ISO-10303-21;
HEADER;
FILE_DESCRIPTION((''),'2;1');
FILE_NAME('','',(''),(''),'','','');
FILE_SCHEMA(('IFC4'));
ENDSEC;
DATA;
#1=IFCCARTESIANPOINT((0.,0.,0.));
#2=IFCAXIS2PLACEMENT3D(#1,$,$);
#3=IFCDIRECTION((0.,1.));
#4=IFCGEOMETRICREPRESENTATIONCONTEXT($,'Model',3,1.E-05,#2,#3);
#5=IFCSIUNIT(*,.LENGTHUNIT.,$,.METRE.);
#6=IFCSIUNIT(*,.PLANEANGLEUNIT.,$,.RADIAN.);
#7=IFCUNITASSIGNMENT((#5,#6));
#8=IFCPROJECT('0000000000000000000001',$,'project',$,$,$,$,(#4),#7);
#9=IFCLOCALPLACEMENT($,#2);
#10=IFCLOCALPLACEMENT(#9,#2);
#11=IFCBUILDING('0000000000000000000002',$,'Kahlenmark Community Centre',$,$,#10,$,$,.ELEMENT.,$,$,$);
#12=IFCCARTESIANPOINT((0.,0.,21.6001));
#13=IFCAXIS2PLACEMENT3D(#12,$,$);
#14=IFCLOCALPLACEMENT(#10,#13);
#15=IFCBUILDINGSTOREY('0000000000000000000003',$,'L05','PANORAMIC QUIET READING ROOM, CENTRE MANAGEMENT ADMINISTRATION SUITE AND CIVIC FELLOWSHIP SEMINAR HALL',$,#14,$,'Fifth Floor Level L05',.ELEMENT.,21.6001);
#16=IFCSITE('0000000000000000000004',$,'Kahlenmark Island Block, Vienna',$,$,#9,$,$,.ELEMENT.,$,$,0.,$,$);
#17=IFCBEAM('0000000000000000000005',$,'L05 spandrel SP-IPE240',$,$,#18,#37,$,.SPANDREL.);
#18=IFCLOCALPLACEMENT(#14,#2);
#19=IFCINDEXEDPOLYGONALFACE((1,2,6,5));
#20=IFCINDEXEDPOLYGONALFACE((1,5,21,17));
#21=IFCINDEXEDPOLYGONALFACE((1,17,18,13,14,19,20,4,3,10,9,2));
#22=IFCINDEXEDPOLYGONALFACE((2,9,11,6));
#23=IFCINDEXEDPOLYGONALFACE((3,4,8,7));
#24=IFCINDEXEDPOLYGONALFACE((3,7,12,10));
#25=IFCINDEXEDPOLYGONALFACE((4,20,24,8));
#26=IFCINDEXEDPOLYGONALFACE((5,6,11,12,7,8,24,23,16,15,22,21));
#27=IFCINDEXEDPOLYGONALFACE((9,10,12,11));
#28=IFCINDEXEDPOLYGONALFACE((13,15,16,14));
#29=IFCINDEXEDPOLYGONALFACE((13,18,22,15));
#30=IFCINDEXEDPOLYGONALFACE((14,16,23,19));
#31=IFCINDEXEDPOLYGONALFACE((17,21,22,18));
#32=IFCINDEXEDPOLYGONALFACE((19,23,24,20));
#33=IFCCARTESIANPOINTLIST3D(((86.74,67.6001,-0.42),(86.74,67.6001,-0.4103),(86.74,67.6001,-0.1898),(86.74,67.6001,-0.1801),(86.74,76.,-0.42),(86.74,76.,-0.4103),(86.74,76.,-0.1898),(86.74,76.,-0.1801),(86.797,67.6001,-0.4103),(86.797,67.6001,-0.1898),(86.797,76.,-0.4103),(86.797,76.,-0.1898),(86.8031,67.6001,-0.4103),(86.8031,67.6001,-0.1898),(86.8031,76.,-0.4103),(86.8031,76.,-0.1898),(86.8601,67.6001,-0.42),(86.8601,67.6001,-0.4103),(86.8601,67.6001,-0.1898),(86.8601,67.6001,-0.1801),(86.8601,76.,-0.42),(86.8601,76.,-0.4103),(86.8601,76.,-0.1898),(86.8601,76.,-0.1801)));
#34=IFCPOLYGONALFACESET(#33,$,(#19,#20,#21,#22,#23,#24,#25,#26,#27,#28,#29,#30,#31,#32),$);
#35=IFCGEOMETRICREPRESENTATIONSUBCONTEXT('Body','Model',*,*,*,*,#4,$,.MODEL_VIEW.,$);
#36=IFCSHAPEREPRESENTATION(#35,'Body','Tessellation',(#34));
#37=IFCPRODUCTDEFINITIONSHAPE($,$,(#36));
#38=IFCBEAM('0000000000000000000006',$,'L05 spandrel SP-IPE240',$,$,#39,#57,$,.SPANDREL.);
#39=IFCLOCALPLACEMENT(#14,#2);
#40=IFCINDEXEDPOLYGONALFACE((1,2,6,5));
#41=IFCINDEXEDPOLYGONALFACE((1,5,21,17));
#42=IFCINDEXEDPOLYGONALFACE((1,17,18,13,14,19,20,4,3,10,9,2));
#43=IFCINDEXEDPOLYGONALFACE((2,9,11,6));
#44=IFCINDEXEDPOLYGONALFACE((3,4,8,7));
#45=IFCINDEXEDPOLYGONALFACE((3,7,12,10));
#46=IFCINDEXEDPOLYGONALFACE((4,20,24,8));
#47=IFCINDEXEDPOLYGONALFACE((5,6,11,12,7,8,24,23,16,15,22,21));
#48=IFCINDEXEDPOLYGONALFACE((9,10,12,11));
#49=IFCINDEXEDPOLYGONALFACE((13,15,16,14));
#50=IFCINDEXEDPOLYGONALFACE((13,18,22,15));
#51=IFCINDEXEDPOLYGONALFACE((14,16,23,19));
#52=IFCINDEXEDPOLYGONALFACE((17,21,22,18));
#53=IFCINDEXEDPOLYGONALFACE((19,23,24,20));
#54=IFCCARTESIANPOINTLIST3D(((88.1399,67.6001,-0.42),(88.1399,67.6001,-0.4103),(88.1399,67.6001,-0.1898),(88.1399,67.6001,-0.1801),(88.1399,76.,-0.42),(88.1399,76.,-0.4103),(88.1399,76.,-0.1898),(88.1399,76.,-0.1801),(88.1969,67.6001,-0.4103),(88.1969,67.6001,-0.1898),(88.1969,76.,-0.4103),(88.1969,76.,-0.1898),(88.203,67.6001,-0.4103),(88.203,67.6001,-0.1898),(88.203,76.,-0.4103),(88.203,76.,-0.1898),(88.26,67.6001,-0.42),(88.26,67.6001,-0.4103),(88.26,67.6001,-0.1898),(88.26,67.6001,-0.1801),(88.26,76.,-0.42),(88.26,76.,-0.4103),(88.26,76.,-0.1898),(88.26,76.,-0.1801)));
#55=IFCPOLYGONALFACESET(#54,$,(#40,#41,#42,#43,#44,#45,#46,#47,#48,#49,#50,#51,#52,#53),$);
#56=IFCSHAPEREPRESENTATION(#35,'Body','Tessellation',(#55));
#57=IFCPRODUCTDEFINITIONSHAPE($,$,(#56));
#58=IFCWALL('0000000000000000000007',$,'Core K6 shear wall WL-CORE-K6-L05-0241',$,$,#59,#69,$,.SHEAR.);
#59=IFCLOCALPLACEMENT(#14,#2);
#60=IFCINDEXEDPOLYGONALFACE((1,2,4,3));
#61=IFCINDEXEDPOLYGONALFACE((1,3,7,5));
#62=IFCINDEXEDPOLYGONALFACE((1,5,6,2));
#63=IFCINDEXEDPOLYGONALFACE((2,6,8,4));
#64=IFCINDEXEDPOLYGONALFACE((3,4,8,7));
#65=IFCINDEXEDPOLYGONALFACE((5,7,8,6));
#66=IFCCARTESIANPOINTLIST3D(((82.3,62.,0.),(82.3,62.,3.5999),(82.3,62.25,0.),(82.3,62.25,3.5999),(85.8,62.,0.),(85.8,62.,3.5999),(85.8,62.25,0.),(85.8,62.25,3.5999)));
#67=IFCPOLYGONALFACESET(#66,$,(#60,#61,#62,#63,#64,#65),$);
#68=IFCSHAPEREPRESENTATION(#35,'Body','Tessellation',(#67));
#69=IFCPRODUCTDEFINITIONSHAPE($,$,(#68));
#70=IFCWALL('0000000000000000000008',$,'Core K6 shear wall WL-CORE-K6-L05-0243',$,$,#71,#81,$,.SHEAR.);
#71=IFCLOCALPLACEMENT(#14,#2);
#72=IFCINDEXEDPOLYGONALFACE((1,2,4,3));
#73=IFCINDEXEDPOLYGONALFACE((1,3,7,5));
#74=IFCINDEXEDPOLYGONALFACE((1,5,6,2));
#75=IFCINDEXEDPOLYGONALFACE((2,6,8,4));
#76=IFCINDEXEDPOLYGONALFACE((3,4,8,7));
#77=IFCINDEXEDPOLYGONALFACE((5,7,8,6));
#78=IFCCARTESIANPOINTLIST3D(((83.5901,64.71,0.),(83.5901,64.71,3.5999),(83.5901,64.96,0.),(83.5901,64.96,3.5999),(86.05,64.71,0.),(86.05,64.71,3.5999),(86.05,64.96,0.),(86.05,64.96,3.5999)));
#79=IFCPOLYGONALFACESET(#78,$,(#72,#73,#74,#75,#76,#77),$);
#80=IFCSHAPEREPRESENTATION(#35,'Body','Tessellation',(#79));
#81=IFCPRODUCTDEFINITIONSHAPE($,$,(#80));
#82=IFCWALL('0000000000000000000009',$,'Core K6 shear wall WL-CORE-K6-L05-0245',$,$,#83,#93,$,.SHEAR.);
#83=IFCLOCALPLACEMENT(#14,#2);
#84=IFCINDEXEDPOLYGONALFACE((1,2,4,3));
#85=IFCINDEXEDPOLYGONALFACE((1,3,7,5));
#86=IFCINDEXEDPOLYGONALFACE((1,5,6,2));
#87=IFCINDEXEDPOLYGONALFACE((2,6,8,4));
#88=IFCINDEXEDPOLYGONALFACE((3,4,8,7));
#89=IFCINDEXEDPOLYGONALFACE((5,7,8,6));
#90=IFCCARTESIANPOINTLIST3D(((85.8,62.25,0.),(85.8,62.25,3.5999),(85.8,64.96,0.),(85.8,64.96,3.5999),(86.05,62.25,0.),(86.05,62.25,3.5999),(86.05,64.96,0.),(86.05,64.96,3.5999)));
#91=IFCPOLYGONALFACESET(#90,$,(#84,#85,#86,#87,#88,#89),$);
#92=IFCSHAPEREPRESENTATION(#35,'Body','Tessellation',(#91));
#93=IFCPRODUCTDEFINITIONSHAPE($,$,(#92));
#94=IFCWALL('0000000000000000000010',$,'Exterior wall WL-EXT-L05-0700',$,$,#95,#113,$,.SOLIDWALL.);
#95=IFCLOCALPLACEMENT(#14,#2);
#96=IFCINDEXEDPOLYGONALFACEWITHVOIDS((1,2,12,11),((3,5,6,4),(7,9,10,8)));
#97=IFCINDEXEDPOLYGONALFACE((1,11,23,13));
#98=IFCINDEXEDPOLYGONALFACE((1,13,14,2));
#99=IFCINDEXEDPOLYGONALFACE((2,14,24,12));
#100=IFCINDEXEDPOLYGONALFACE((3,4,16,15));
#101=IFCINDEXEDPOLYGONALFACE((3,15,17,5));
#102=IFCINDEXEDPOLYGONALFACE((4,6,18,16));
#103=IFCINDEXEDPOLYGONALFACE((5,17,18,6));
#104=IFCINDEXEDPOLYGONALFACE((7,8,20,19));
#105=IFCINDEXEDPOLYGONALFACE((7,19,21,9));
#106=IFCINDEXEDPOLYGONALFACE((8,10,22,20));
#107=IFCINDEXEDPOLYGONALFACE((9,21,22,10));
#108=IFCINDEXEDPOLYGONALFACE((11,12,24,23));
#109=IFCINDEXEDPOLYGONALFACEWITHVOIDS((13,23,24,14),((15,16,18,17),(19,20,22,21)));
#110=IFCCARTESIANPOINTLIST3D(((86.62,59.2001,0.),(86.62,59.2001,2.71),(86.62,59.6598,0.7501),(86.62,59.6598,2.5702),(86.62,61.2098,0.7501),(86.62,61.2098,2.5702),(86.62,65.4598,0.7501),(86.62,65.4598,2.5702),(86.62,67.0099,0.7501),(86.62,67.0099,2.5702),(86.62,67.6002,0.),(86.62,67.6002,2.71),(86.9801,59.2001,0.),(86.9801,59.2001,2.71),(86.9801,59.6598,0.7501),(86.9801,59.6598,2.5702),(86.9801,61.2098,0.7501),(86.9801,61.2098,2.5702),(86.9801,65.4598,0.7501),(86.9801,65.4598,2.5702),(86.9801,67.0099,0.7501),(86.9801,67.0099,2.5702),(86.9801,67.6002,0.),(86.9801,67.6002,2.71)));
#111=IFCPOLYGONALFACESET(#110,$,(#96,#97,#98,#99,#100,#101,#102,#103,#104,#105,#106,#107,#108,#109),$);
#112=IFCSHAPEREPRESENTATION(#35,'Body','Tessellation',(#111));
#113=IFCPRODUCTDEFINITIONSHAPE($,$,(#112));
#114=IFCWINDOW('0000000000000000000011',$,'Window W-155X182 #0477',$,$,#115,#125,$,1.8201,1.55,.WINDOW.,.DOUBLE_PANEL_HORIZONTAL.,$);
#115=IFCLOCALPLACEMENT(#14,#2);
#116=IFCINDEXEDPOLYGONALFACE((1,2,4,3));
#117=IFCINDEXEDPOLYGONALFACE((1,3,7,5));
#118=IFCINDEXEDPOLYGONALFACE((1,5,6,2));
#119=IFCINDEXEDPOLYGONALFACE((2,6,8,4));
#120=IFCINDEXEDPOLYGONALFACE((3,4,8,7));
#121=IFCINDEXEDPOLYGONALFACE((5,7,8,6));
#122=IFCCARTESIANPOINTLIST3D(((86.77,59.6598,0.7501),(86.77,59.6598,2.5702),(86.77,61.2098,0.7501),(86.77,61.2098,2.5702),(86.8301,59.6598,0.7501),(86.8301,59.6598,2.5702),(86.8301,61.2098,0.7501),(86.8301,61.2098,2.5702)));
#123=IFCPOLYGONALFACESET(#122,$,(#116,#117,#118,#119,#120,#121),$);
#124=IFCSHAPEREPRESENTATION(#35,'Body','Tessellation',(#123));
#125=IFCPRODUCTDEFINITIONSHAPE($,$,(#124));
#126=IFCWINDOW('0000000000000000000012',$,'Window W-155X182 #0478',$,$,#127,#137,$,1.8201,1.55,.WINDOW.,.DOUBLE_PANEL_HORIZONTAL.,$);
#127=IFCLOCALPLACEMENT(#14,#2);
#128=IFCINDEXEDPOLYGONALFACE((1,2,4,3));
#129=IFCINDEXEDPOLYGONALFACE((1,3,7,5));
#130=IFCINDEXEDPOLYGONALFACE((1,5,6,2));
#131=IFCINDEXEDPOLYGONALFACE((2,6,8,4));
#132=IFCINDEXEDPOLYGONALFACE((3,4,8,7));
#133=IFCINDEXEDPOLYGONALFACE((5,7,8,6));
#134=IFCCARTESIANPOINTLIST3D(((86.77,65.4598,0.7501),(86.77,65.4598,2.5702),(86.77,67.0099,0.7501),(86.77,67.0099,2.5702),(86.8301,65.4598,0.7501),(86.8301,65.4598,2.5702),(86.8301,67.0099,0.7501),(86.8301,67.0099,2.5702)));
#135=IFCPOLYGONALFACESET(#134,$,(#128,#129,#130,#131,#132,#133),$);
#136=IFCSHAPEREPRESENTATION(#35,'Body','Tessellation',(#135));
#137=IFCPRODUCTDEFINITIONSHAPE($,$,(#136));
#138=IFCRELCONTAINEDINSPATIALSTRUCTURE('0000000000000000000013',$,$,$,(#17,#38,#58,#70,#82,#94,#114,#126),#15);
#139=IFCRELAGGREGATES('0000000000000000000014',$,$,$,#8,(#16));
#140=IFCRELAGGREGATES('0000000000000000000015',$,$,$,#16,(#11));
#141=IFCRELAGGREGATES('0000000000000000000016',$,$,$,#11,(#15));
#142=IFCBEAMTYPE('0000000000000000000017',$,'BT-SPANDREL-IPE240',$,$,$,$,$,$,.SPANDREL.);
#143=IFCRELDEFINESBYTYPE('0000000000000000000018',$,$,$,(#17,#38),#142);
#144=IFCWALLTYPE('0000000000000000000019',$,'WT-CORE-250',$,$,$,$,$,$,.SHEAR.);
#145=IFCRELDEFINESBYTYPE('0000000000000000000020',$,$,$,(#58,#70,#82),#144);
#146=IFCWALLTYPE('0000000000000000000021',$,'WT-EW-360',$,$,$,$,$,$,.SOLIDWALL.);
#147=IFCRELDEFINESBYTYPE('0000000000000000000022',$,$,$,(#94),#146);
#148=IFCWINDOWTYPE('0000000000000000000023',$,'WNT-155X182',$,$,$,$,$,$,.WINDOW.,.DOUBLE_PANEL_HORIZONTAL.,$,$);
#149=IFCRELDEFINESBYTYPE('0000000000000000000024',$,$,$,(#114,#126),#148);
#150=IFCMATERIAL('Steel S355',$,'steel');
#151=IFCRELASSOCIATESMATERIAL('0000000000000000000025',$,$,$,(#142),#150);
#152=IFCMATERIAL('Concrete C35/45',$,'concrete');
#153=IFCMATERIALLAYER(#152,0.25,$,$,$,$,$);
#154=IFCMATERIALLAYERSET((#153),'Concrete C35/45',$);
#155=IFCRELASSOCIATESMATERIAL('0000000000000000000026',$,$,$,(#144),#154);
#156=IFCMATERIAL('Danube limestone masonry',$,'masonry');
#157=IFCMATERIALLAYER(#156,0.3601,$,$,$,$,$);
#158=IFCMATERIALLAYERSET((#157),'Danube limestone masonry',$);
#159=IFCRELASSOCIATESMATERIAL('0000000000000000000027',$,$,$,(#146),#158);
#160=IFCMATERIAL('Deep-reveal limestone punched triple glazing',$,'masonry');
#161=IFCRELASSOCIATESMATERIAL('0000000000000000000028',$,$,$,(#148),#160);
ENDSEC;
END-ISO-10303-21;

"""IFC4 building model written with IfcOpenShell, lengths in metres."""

from ifc_helpers import new_model, si_unit, direction, frame, frame_2d, origin, origin_2d, place, context, subcontext, project, spatial, rectangle, i_section, extrude, material, layer, layer_set, material_profile, profile_set, type_object, element, fill, save


model = new_model("IFC4")

# Units and contexts
model_context = context("Model", 3, precision=1e-05, world=origin(), true_north=direction((0.0, 1.0)))
body_context = subcontext(model_context, "Body", "Model", "MODEL_VIEW")
ifc_project = project(units=[si_unit("LENGTHUNIT", "METRE"), si_unit("PLANEANGLEUNIT", "RADIAN")], contexts=[model_context])

# Site, building, storey
site_placement = place(None, origin())
site = spatial("IfcSite", under=ifc_project, at=site_placement, Name="Kahlenmark Island Block, Vienna", CompositionType="ELEMENT", RefElevation=0.0)
building_placement = place(site_placement, origin())
building = spatial("IfcBuilding", under=site, at=building_placement, Name="Kahlenmark Community Centre", CompositionType="ELEMENT")
storey_placement = place(building_placement, frame((0.0, 0.0, 21.6001)))
storey = spatial("IfcBuildingStorey", under=building, at=storey_placement, Name="L05", Description="PANORAMIC QUIET READING ROOM, CENTRE MANAGEMENT ADMINISTRATION SUITE AND CIVIC FELLOWSHIP SEMINAR HALL", LongName="Fifth Floor Level L05", CompositionType="ELEMENT", Elevation=21.6001)

# Shared definitions
ifc_material_1 = material(Name="Steel S355", Category="steel")

# Beams
ifc_material_profile_1 = material_profile(ifc_material_1, i_section(OverallWidth=0.1201, OverallDepth=0.24, WebThickness=0.0061, FlangeThickness=0.0098, at=origin_2d()), Name="IPE 240")
ifc_profile_set_1 = profile_set([ifc_material_profile_1], Name="Steel S355")
beam_type_1 = type_object("IfcBeamType", Name="BT-SPANDREL-IPE240", PredefinedType="SPANDREL", material=ifc_profile_set_1)
for number, where, z_axis, x_axis, name in (
    (1, (86.8, 67.6001, -0.3), (0.0, 1.0, 0.0), (-1.0, 0.0, 0.0), "L05 spandrel SP-IPE240"),
    (2, (88.2, 67.6001, -0.3), (0.0, 1.0, 0.0), (-1.0, 0.0, 0.0), "L05 spandrel SP-IPE240"),
):
    element("IfcBeam", number, at=place(storey_placement, frame(where, z_axis=z_axis, x_axis=x_axis)), inside=storey, type_object=beam_type_1, Name=name, PredefinedType="SPANDREL", context=body_context, shape_type="SweptSolid", body=[
        extrude(i_section(OverallWidth=0.1201, OverallDepth=0.24, WebThickness=0.0061, FlangeThickness=0.0098, at=origin_2d()), origin(), (0.0, 0.0, 1.0), 8.3999),
    ])

# Walls
ifc_material_2 = material(Name="Concrete C35/45", Category="concrete")
ifc_layer_1 = layer(ifc_material_2, 0.25)
ifc_layer_set_1 = layer_set([ifc_layer_1], Name="Concrete C35/45")
wall_type_1 = type_object("IfcWallType", Name="WT-CORE-250", PredefinedType="SHEAR", material=ifc_layer_set_1)
wall_1_placement = place(storey_placement, frame((85.8, 62.125, 0.0), z_axis=(0.0, 0.0, 1.0), x_axis=(-1.0, 0.0, 0.0)))
element("IfcWall", 3, at=wall_1_placement, inside=storey, type_object=wall_type_1, Name="Core K6 shear wall WL-CORE-K6-L05-0241", PredefinedType="SHEAR", context=body_context, shape_type="SweptSolid", body=[
    extrude(rectangle(XDim=3.5, YDim=0.25, at=frame_2d((1.75, 0.0))), origin(), (0.0, 0.0, 1.0), 3.5999),
])
wall_2_placement = place(storey_placement, frame((83.5901, 64.835, 0.0), z_axis=(0.0, 0.0, 1.0), x_axis=(1.0, 0.0, 0.0)))
element("IfcWall", 4, at=wall_2_placement, inside=storey, type_object=wall_type_1, Name="Core K6 shear wall WL-CORE-K6-L05-0243", PredefinedType="SHEAR", context=body_context, shape_type="SweptSolid", body=[
    extrude(rectangle(XDim=2.46, YDim=0.25, at=frame_2d((1.23, 0.0))), origin(), (0.0, 0.0, 1.0), 3.5999),
])

# Wall
wall_3_placement = place(storey_placement, frame((85.925, 62.25, 0.0), z_axis=(0.0, 0.0, 1.0), x_axis=(0.0, 1.0, 0.0)))
element("IfcWall", 5, at=wall_3_placement, inside=storey, type_object=wall_type_1, Name="Core K6 shear wall WL-CORE-K6-L05-0245", PredefinedType="SHEAR", context=body_context, shape_type="SweptSolid", body=[
    extrude(rectangle(XDim=2.71, YDim=0.25, at=frame_2d((1.355, 0.0))), origin(), (0.0, 0.0, 1.0), 3.5999),
])

# Wall, openings, windows
ifc_material_3 = material(Name="Danube limestone masonry", Category="masonry")
ifc_layer_2 = layer(ifc_material_3, 0.3601)
ifc_layer_set_2 = layer_set([ifc_layer_2], Name="Danube limestone masonry")
wall_type_2 = type_object("IfcWallType", Name="WT-EW-360", PredefinedType="SOLIDWALL", material=ifc_layer_set_2)
wall_4_placement = place(storey_placement, frame((86.8, 59.2, 0.0), z_axis=(0.0, 0.0, 1.0), x_axis=(0.0, 1.0, 0.0)))
wall_4 = element("IfcWall", 6, at=wall_4_placement, inside=storey, type_object=wall_type_2, Name="Exterior wall WL-EXT-L05-0700", PredefinedType="SOLIDWALL", context=body_context, shape_type="SweptSolid", body=[
    extrude(rectangle(XDim=8.4001, YDim=0.3601, at=frame_2d((4.2002, 0.0))), origin(), (0.0, 0.0, 1.0), 2.71),
])
opening_1_placement = place(wall_4_placement, frame((0.46, 0.0, 0.75)))
opening_1 = element("IfcOpeningElement", 7, at=opening_1_placement, cuts=wall_4, PredefinedType="OPENING", context=body_context, shape_type="SweptSolid", body=[
    extrude(rectangle(XDim=1.55, YDim=1.8201, at=frame_2d((0.7749, 0.9102))), frame((0.0, 0.1899, 0.0), z_axis=(0.0, -1.0, 0.0), x_axis=(1.0, 0.0, 0.0)), (0.0, 0.0, 1.0), 0.3801),
])
opening_2_placement = place(wall_4_placement, frame((6.26, 0.0, 0.75)))
opening_2 = element("IfcOpeningElement", 8, at=opening_2_placement, cuts=wall_4, PredefinedType="OPENING", context=body_context, shape_type="SweptSolid", body=[
    extrude(rectangle(XDim=1.55, YDim=1.8201, at=frame_2d((0.7749, 0.9102))), frame((0.0, 0.1899, 0.0), z_axis=(0.0, -1.0, 0.0), x_axis=(1.0, 0.0, 0.0)), (0.0, 0.0, 1.0), 0.3801),
])
ifc_material_4 = material(Name="Deep-reveal limestone punched triple glazing", Category="masonry")
window_type = type_object("IfcWindowType", Name="WNT-155X182", PartitioningType="DOUBLE_PANEL_HORIZONTAL", PredefinedType="WINDOW", material=ifc_material_4)
window_1_placement = place(opening_1_placement, origin())
window_1 = element("IfcWindow", 9, at=window_1_placement, inside=storey, type_object=window_type, Name="Window W-155X182 #0477", OverallHeight=1.8201, OverallWidth=1.55, PartitioningType="DOUBLE_PANEL_HORIZONTAL", PredefinedType="WINDOW", context=body_context, shape_type="SweptSolid", body=[
    extrude(rectangle(XDim=1.55, YDim=1.8201, at=frame_2d((0.7749, 0.9102))), frame((0.0, 0.03, 0.0), z_axis=(0.0, -1.0, 0.0), x_axis=(1.0, 0.0, 0.0)), (0.0, 0.0, 1.0), 0.0601),
])
fill(opening_1, window_1)
window_2_placement = place(opening_2_placement, origin())
window_2 = element("IfcWindow", 10, at=window_2_placement, inside=storey, type_object=window_type, Name="Window W-155X182 #0478", OverallHeight=1.8201, OverallWidth=1.55, PartitioningType="DOUBLE_PANEL_HORIZONTAL", PredefinedType="WINDOW", context=body_context, shape_type="SweptSolid", body=[
    extrude(rectangle(XDim=1.55, YDim=1.8201, at=frame_2d((0.7749, 0.9102))), frame((0.0, 0.03, 0.0), z_axis=(0.0, -1.0, 0.0), x_axis=(1.0, 0.0, 0.0)), (0.0, 0.0, 1.0), 0.0601),
])
fill(opening_2, window_2)

save(model, "model.ifc")
